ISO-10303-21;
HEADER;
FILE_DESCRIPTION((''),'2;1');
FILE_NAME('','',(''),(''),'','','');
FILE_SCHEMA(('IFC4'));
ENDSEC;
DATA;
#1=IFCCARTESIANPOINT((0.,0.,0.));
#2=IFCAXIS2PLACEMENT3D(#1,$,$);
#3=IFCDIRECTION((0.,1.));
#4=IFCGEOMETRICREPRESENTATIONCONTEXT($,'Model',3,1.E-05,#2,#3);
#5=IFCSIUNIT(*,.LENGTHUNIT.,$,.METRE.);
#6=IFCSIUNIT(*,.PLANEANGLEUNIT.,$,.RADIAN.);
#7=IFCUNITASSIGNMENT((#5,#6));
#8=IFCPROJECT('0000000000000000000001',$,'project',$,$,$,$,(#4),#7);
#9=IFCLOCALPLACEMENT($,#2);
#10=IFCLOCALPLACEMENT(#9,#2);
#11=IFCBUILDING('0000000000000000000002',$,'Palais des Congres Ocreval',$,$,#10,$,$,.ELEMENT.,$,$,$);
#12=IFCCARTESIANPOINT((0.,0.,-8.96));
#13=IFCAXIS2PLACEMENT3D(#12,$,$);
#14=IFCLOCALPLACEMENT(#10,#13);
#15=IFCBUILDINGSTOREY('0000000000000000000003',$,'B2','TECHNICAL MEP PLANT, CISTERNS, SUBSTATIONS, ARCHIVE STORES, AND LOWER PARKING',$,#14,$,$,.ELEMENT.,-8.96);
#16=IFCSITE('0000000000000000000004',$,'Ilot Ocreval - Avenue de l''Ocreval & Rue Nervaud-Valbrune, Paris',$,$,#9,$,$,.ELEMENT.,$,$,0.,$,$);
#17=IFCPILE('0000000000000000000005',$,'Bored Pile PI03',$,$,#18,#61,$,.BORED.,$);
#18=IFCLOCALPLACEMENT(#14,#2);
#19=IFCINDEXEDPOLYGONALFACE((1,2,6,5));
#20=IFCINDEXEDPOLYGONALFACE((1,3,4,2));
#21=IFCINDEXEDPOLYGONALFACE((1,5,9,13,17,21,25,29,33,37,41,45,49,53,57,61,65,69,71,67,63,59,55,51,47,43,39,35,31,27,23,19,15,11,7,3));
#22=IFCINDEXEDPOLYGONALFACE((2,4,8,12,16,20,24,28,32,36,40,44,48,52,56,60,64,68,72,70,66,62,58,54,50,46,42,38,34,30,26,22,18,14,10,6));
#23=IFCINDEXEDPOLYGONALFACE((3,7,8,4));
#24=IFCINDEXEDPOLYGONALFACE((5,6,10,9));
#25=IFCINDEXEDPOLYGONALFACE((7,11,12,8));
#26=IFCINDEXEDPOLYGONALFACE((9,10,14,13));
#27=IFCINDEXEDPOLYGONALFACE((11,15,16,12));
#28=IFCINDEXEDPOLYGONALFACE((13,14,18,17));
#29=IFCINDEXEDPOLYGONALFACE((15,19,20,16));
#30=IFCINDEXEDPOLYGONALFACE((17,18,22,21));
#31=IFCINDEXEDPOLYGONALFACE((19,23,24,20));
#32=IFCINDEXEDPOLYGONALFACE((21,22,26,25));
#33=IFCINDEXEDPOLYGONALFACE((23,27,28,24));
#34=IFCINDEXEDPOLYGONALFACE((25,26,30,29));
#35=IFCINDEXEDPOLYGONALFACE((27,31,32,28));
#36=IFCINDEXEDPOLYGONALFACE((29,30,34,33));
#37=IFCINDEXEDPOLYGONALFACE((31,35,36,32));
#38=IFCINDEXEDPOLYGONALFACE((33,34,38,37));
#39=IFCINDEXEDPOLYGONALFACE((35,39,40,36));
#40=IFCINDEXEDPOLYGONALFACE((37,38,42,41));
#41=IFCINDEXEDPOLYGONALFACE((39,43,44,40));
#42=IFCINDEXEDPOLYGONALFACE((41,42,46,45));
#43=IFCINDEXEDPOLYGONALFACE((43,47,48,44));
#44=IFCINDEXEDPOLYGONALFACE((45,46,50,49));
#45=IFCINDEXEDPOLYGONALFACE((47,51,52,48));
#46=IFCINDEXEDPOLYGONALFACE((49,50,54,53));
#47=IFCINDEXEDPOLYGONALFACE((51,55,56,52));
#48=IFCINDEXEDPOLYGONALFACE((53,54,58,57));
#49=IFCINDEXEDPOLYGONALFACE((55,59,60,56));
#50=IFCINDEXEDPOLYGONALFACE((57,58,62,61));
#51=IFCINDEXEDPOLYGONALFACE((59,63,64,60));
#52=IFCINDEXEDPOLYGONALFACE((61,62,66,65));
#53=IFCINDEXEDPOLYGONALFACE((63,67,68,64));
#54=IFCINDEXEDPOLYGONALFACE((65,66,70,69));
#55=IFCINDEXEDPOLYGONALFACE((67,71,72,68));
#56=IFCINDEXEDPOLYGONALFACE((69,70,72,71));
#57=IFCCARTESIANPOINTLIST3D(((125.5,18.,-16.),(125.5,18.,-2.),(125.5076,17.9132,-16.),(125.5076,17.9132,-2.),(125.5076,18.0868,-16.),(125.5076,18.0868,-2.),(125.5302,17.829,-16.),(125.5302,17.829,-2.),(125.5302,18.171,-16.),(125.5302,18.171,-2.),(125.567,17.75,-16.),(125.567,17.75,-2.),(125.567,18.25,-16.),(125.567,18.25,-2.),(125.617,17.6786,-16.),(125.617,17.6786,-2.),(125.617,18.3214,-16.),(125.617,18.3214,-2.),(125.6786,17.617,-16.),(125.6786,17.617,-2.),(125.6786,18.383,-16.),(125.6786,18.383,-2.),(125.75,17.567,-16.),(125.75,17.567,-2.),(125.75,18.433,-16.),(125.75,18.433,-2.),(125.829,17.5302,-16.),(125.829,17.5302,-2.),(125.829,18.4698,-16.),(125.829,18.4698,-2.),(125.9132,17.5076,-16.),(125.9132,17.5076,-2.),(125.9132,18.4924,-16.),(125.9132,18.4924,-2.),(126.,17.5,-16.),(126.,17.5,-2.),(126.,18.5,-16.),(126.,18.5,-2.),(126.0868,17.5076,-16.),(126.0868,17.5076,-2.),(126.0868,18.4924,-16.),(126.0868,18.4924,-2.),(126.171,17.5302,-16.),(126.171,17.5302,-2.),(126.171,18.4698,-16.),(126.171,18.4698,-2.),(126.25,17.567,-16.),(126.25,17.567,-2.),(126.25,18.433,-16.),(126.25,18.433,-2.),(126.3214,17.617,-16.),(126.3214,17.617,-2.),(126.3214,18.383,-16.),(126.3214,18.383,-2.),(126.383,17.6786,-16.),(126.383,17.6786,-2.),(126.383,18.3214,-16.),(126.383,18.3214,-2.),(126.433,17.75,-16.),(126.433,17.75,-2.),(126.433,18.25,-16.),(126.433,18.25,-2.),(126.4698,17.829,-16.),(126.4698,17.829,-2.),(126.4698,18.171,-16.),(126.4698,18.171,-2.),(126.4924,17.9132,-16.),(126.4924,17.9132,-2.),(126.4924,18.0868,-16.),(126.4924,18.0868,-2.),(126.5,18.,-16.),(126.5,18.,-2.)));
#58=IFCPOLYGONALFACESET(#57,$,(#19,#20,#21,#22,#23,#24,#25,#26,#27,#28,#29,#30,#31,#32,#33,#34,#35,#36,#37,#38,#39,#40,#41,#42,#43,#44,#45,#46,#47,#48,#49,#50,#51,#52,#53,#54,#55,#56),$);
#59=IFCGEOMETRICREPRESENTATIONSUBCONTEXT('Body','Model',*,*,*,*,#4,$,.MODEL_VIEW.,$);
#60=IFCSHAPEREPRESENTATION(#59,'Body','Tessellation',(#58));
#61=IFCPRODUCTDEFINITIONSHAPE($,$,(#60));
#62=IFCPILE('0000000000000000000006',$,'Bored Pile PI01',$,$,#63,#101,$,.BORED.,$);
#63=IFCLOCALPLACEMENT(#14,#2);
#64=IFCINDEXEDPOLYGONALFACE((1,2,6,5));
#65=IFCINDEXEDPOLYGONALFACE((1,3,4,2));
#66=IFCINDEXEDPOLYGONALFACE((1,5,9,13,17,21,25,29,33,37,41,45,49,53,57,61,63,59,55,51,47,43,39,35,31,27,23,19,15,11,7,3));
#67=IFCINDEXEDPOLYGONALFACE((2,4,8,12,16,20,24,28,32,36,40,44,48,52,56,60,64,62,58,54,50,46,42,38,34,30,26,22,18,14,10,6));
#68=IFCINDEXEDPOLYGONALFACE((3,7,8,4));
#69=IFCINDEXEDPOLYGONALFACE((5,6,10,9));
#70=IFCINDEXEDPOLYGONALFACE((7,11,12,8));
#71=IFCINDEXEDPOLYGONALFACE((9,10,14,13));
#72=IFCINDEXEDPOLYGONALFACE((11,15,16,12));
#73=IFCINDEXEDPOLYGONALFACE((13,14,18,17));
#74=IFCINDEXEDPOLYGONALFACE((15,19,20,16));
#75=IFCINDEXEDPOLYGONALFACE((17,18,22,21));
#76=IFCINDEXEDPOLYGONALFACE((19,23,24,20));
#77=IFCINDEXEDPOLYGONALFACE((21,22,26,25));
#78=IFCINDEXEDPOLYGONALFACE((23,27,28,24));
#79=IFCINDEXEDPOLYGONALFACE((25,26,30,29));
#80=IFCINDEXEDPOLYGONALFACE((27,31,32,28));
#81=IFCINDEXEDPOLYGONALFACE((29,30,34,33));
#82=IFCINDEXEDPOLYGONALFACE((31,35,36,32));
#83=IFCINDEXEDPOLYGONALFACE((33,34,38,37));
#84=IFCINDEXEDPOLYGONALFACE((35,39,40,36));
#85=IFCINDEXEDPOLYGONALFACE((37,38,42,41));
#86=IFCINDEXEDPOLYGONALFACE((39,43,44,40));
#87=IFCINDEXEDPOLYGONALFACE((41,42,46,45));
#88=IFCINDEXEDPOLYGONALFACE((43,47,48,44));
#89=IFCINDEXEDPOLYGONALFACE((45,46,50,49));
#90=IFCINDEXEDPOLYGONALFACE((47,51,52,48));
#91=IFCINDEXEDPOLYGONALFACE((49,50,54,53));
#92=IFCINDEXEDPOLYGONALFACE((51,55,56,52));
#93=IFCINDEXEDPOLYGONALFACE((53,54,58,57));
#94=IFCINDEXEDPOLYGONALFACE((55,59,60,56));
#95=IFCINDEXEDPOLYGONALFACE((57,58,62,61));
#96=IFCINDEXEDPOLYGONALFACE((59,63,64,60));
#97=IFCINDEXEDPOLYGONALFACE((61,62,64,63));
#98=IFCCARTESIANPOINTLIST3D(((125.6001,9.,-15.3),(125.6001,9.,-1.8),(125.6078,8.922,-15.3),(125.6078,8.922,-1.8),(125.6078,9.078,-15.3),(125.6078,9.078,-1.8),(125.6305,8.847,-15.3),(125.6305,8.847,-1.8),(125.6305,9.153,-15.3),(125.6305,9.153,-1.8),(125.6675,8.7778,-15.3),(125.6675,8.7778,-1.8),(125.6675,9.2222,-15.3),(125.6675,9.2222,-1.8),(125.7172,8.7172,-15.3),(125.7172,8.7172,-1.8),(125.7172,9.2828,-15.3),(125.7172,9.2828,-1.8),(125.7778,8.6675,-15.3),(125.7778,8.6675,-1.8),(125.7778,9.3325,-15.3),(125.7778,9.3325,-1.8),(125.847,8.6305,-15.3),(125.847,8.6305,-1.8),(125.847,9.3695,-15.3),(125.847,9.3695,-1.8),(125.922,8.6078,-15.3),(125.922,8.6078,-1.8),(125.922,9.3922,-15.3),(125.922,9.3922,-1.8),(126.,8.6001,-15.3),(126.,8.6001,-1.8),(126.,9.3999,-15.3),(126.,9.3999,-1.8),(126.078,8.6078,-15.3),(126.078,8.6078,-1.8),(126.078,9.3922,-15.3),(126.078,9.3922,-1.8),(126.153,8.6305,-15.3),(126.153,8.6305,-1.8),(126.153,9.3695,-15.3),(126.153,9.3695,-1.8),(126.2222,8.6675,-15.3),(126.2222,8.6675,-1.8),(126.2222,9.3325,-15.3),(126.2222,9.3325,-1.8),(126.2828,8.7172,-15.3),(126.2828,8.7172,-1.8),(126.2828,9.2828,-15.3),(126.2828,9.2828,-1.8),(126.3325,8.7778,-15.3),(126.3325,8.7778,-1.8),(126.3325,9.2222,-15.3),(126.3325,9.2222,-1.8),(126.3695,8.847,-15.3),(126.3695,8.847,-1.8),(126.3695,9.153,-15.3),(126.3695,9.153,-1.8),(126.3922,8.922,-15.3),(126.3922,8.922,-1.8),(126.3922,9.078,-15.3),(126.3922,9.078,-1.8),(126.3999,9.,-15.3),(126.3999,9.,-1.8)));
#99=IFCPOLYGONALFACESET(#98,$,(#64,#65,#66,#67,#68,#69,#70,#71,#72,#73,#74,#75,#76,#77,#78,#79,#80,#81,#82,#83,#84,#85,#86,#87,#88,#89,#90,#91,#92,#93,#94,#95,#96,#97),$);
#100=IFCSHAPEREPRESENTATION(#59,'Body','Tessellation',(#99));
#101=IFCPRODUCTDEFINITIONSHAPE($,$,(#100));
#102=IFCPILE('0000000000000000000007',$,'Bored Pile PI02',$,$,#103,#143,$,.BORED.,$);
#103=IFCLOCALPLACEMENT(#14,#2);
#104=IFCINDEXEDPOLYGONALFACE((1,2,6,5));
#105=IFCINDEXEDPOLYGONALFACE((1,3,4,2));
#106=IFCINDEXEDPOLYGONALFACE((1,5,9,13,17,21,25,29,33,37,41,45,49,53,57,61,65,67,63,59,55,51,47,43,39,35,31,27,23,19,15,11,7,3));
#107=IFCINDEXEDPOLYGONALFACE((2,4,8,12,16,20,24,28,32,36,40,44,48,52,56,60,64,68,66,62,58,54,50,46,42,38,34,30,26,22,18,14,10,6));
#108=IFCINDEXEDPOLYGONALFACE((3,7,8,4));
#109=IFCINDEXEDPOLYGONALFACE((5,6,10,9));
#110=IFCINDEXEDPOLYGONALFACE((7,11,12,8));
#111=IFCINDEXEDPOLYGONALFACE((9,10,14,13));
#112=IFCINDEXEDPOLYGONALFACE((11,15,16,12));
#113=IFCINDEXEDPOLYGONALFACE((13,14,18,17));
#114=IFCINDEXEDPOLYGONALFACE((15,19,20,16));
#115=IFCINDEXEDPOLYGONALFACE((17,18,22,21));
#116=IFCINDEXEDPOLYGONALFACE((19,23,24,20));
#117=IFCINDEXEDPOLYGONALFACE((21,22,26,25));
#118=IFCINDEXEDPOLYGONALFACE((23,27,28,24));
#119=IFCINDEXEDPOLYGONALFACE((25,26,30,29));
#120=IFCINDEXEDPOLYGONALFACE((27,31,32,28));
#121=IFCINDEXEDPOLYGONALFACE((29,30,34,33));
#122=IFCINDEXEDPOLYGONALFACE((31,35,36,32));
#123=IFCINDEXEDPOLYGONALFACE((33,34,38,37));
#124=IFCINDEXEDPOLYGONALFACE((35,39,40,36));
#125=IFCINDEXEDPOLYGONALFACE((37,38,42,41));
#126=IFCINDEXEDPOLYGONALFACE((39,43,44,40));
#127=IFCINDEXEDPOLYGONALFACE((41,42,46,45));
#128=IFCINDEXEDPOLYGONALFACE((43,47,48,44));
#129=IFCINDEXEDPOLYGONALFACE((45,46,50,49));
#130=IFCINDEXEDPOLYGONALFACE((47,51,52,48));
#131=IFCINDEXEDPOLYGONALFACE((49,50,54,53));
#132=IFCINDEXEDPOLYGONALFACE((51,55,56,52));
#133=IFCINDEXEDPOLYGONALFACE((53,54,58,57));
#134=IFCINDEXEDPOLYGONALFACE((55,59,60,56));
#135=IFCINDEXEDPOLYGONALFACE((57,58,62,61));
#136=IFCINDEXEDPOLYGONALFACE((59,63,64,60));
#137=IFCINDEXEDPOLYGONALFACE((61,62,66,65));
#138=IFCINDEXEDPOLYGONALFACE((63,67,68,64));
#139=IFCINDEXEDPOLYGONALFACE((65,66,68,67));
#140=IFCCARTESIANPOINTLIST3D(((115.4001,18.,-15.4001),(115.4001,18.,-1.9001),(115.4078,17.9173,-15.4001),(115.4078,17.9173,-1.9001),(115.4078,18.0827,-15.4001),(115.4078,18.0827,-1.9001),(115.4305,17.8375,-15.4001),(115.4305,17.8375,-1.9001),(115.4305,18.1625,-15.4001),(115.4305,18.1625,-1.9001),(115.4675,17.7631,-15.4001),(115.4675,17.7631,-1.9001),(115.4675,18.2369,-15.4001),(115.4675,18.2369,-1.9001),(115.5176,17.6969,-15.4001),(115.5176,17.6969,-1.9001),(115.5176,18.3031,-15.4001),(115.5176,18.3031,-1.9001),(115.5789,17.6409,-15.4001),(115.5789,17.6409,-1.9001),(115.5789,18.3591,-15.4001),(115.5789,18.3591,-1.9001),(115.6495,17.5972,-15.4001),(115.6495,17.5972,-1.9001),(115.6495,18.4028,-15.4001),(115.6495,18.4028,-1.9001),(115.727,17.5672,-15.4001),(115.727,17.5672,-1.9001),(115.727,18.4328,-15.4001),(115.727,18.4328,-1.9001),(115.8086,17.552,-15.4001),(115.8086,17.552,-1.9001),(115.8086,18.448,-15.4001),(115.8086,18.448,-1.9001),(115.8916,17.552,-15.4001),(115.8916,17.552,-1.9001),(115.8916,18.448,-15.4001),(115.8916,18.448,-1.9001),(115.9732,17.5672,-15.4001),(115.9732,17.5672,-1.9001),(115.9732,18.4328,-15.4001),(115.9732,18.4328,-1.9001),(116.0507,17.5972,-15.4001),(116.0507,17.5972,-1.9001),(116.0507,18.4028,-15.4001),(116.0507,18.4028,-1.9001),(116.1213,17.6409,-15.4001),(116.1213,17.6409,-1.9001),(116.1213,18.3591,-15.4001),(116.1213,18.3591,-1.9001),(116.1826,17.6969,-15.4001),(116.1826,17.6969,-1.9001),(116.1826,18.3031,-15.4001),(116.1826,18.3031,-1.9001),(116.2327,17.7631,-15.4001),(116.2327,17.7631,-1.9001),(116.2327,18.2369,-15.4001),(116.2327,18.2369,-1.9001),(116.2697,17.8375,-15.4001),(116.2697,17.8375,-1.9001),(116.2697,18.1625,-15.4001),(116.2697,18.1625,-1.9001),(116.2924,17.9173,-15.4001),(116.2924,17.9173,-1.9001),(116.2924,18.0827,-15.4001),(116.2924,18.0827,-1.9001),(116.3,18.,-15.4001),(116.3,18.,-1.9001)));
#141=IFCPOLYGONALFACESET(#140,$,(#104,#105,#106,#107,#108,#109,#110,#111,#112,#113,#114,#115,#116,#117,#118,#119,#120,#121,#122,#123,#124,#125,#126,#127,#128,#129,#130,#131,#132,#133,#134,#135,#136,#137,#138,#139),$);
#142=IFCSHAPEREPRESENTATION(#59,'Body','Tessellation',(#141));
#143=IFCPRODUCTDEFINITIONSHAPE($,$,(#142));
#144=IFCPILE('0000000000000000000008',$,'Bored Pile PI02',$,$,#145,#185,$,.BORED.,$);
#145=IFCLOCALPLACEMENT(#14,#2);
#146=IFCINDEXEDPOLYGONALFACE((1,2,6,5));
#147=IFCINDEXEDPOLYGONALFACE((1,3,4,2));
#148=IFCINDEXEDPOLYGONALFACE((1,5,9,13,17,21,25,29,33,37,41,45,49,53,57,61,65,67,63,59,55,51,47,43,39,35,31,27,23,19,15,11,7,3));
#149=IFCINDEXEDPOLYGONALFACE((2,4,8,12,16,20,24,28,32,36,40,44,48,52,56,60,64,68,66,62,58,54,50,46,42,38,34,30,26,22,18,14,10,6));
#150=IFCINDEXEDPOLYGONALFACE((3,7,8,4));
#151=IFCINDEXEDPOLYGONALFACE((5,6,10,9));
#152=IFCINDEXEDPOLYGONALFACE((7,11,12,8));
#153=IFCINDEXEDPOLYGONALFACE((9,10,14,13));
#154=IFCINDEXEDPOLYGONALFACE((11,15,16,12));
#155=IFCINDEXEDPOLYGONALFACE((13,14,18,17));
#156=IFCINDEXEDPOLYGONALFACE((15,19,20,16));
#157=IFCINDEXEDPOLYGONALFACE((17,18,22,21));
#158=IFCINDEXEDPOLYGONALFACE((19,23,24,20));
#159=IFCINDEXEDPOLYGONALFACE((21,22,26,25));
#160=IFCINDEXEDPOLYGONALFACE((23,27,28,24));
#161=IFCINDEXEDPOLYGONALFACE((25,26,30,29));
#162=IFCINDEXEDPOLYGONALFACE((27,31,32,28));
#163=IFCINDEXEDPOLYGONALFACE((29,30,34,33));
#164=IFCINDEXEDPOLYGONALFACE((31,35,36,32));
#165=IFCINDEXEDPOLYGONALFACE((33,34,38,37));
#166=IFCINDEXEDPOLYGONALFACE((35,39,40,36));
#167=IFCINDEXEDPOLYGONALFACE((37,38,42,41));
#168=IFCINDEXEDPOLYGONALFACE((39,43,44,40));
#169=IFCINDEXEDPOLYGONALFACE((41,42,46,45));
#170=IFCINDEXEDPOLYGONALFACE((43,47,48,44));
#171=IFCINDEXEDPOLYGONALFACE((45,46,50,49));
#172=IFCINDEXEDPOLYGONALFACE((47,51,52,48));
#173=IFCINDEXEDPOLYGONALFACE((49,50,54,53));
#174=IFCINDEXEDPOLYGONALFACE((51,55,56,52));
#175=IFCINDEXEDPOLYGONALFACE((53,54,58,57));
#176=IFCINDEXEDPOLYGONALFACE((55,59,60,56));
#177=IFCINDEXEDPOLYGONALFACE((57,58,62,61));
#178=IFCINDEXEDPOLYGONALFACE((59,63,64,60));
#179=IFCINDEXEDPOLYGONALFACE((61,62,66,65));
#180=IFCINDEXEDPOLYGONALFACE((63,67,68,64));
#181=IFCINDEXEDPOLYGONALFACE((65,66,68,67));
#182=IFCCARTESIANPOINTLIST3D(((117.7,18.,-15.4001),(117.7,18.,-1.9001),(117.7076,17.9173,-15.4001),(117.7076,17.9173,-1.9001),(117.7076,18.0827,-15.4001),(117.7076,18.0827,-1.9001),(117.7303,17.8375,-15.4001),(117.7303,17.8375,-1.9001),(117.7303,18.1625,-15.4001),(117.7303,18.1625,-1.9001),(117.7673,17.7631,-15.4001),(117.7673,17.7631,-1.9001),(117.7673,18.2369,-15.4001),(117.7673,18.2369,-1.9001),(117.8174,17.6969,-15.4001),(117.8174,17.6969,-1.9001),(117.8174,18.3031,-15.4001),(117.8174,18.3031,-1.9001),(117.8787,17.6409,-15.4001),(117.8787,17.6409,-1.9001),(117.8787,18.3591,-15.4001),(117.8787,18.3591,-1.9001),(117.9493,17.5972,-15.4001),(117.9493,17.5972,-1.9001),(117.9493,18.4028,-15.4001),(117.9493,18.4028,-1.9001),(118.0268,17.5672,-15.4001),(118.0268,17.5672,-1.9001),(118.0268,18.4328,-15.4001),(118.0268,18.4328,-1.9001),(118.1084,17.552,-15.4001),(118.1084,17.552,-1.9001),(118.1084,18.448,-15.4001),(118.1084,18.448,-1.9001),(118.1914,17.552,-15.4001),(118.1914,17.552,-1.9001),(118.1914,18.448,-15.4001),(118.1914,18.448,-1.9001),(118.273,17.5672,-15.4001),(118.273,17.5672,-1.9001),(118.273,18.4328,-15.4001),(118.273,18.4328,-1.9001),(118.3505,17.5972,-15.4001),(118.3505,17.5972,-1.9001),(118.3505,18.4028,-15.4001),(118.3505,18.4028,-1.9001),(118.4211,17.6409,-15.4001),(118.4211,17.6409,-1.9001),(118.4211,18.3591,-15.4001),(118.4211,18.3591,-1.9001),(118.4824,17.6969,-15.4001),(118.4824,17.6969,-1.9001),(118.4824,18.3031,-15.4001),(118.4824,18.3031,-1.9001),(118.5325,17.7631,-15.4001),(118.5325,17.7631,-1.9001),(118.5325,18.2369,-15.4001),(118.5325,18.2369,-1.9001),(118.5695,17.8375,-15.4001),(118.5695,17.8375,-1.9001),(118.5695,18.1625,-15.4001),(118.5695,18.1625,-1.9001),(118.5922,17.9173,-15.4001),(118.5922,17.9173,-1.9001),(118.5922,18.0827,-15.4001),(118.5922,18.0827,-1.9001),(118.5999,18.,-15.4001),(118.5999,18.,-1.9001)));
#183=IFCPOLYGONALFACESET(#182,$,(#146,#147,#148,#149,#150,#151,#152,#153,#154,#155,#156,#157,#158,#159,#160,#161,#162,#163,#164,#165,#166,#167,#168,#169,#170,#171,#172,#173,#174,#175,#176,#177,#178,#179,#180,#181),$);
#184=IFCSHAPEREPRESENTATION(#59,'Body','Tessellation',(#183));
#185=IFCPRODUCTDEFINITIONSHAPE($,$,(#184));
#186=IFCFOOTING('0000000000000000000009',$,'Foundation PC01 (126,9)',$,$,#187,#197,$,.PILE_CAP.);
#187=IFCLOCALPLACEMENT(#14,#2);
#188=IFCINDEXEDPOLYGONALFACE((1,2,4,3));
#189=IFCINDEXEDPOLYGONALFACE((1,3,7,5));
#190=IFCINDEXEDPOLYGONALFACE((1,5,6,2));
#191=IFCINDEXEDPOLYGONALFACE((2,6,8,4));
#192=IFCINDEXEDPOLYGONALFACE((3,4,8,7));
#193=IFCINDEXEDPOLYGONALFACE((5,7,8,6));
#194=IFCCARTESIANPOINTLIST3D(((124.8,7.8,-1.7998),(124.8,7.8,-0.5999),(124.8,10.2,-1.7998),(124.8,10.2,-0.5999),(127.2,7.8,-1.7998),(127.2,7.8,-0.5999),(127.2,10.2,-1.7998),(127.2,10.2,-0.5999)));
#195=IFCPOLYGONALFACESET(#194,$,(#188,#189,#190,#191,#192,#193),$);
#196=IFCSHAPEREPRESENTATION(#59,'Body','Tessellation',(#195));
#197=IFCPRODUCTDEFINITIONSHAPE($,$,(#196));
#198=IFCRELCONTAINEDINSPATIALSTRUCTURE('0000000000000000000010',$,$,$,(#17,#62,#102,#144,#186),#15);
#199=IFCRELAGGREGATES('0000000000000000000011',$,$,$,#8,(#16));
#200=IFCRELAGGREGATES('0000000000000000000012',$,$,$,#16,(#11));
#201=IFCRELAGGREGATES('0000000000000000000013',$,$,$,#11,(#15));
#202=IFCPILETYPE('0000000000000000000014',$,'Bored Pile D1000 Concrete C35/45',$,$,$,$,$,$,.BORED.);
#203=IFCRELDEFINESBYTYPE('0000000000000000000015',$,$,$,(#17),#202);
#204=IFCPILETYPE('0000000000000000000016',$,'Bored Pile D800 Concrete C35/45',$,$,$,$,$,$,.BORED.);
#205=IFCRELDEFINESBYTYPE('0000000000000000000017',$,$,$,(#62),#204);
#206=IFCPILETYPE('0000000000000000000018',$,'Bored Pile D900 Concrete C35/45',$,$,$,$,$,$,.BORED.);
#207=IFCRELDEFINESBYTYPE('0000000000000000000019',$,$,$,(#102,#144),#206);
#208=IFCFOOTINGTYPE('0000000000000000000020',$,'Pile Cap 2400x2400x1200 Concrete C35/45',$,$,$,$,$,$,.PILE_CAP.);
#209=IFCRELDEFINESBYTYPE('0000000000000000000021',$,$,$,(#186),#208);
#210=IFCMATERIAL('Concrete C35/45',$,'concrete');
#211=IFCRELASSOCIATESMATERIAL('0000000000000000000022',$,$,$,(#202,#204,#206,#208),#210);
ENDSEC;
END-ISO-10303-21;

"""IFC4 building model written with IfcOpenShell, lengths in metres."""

from ifc_helpers import new_model, si_unit, direction, frame, origin, origin_2d, place, context, subcontext, project, spatial, rectangle, circle, extrude, material, material_profile, profile_set, type_object, element, save


model = new_model("IFC4")

# Units and contexts
model_context = context("Model", 3, precision=1e-05, world=origin(), true_north=direction((0.0, 1.0)))
body_context = subcontext(model_context, "Body", "Model", "MODEL_VIEW")
ifc_project = project(units=[si_unit("LENGTHUNIT", "METRE"), si_unit("PLANEANGLEUNIT", "RADIAN")], contexts=[model_context])

# Site, building, storey
site_placement = place(None, origin())
site = spatial("IfcSite", under=ifc_project, at=site_placement, Name="Ilot Ocreval - Avenue de l'Ocreval & Rue Nervaud-Valbrune, Paris", CompositionType="ELEMENT", RefElevation=0.0)
building_placement = place(site_placement, origin())
building = spatial("IfcBuilding", under=site, at=building_placement, Name="Palais des Congres Ocreval", CompositionType="ELEMENT")
storey_placement = place(building_placement, frame((0.0, 0.0, -8.96)))
storey = spatial("IfcBuildingStorey", under=building, at=storey_placement, Name="B2", Description="TECHNICAL MEP PLANT, CISTERNS, SUBSTATIONS, ARCHIVE STORES, AND LOWER PARKING", CompositionType="ELEMENT", Elevation=-8.96)

# Piles
ifc_material_1 = material(Name="Concrete C35/45", Category="concrete")
ifc_material_profile_1 = material_profile(ifc_material_1, circle(Radius=0.5, at=origin_2d()), Name="BORED PILE 1000")
ifc_profile_set_1 = profile_set([ifc_material_profile_1], Name="Concrete C35/45")
pile_type_1 = type_object("IfcPileType", Name="Bored Pile D1000 Concrete C35/45", PredefinedType="BORED", material=ifc_profile_set_1)
pile_1_placement = place(storey_placement, frame((126.0, 18.0, -2.0), z_axis=(0.0, 0.0, -1.0), x_axis=(1.0, 0.0, 0.0)))
element("IfcPile", 1, at=pile_1_placement, inside=storey, type_object=pile_type_1, Name="Bored Pile PI03", PredefinedType="BORED", context=body_context, shape_type="SweptSolid", body=[
    extrude(circle(Radius=0.5, at=origin_2d()), origin(), (0.0, 0.0, 1.0), 14.0),
])
ifc_material_profile_2 = material_profile(ifc_material_1, circle(Radius=0.3999, at=origin_2d()), Name="BORED PILE 800")
ifc_profile_set_2 = profile_set([ifc_material_profile_2], Name="Concrete C35/45")
pile_type_2 = type_object("IfcPileType", Name="Bored Pile D800 Concrete C35/45", PredefinedType="BORED", material=ifc_profile_set_2)
pile_2_placement = place(storey_placement, frame((126.0, 9.0, -1.8), z_axis=(0.0, 0.0, -1.0), x_axis=(1.0, 0.0, 0.0)))
element("IfcPile", 2, at=pile_2_placement, inside=storey, type_object=pile_type_2, Name="Bored Pile PI01", PredefinedType="BORED", context=body_context, shape_type="SweptSolid", body=[
    extrude(circle(Radius=0.3999, at=origin_2d()), origin(), (0.0, 0.0, 1.0), 13.5),
])
ifc_material_profile_3 = material_profile(ifc_material_1, circle(Radius=0.45, at=origin_2d()), Name="BORED PILE 900")
ifc_profile_set_3 = profile_set([ifc_material_profile_3], Name="Concrete C35/45")
pile_type_3 = type_object("IfcPileType", Name="Bored Pile D900 Concrete C35/45", PredefinedType="BORED", material=ifc_profile_set_3)
for number, where, z_axis, x_axis, name in (
    (3, (115.8501, 18.0, -1.9001), (0.0, 0.0, -1.0), (1.0, 0.0, 0.0), "Bored Pile PI02"),
    (4, (118.1499, 18.0, -1.9001), (0.0, 0.0, -1.0), (1.0, 0.0, 0.0), "Bored Pile PI02"),
):
    element("IfcPile", number, at=place(storey_placement, frame(where, z_axis=z_axis, x_axis=x_axis)), inside=storey, type_object=pile_type_3, Name=name, PredefinedType="BORED", context=body_context, shape_type="SweptSolid", body=[
        extrude(circle(Radius=0.45, at=origin_2d()), origin(), (0.0, 0.0, 1.0), 13.5),
    ])

# Footing
footing_type_1 = type_object("IfcFootingType", Name="Pile Cap 2400x2400x1200 Concrete C35/45", PredefinedType="PILE_CAP", material=ifc_material_1)
footing_1_placement = place(storey_placement, frame((126.0, 9.0, -1.7998), z_axis=(0.0, 0.0, 1.0), x_axis=(1.0, 0.0, 0.0)))
element("IfcFooting", 5, at=footing_1_placement, inside=storey, type_object=footing_type_1, Name="Foundation PC01 (126,9)", PredefinedType="PILE_CAP", context=body_context, shape_type="SweptSolid", body=[
    extrude(rectangle(XDim=2.3999, YDim=2.3999, at=origin_2d()), origin(), (0.0, 0.0, 1.0), 1.2),
])

save(model, "model.ifc")
